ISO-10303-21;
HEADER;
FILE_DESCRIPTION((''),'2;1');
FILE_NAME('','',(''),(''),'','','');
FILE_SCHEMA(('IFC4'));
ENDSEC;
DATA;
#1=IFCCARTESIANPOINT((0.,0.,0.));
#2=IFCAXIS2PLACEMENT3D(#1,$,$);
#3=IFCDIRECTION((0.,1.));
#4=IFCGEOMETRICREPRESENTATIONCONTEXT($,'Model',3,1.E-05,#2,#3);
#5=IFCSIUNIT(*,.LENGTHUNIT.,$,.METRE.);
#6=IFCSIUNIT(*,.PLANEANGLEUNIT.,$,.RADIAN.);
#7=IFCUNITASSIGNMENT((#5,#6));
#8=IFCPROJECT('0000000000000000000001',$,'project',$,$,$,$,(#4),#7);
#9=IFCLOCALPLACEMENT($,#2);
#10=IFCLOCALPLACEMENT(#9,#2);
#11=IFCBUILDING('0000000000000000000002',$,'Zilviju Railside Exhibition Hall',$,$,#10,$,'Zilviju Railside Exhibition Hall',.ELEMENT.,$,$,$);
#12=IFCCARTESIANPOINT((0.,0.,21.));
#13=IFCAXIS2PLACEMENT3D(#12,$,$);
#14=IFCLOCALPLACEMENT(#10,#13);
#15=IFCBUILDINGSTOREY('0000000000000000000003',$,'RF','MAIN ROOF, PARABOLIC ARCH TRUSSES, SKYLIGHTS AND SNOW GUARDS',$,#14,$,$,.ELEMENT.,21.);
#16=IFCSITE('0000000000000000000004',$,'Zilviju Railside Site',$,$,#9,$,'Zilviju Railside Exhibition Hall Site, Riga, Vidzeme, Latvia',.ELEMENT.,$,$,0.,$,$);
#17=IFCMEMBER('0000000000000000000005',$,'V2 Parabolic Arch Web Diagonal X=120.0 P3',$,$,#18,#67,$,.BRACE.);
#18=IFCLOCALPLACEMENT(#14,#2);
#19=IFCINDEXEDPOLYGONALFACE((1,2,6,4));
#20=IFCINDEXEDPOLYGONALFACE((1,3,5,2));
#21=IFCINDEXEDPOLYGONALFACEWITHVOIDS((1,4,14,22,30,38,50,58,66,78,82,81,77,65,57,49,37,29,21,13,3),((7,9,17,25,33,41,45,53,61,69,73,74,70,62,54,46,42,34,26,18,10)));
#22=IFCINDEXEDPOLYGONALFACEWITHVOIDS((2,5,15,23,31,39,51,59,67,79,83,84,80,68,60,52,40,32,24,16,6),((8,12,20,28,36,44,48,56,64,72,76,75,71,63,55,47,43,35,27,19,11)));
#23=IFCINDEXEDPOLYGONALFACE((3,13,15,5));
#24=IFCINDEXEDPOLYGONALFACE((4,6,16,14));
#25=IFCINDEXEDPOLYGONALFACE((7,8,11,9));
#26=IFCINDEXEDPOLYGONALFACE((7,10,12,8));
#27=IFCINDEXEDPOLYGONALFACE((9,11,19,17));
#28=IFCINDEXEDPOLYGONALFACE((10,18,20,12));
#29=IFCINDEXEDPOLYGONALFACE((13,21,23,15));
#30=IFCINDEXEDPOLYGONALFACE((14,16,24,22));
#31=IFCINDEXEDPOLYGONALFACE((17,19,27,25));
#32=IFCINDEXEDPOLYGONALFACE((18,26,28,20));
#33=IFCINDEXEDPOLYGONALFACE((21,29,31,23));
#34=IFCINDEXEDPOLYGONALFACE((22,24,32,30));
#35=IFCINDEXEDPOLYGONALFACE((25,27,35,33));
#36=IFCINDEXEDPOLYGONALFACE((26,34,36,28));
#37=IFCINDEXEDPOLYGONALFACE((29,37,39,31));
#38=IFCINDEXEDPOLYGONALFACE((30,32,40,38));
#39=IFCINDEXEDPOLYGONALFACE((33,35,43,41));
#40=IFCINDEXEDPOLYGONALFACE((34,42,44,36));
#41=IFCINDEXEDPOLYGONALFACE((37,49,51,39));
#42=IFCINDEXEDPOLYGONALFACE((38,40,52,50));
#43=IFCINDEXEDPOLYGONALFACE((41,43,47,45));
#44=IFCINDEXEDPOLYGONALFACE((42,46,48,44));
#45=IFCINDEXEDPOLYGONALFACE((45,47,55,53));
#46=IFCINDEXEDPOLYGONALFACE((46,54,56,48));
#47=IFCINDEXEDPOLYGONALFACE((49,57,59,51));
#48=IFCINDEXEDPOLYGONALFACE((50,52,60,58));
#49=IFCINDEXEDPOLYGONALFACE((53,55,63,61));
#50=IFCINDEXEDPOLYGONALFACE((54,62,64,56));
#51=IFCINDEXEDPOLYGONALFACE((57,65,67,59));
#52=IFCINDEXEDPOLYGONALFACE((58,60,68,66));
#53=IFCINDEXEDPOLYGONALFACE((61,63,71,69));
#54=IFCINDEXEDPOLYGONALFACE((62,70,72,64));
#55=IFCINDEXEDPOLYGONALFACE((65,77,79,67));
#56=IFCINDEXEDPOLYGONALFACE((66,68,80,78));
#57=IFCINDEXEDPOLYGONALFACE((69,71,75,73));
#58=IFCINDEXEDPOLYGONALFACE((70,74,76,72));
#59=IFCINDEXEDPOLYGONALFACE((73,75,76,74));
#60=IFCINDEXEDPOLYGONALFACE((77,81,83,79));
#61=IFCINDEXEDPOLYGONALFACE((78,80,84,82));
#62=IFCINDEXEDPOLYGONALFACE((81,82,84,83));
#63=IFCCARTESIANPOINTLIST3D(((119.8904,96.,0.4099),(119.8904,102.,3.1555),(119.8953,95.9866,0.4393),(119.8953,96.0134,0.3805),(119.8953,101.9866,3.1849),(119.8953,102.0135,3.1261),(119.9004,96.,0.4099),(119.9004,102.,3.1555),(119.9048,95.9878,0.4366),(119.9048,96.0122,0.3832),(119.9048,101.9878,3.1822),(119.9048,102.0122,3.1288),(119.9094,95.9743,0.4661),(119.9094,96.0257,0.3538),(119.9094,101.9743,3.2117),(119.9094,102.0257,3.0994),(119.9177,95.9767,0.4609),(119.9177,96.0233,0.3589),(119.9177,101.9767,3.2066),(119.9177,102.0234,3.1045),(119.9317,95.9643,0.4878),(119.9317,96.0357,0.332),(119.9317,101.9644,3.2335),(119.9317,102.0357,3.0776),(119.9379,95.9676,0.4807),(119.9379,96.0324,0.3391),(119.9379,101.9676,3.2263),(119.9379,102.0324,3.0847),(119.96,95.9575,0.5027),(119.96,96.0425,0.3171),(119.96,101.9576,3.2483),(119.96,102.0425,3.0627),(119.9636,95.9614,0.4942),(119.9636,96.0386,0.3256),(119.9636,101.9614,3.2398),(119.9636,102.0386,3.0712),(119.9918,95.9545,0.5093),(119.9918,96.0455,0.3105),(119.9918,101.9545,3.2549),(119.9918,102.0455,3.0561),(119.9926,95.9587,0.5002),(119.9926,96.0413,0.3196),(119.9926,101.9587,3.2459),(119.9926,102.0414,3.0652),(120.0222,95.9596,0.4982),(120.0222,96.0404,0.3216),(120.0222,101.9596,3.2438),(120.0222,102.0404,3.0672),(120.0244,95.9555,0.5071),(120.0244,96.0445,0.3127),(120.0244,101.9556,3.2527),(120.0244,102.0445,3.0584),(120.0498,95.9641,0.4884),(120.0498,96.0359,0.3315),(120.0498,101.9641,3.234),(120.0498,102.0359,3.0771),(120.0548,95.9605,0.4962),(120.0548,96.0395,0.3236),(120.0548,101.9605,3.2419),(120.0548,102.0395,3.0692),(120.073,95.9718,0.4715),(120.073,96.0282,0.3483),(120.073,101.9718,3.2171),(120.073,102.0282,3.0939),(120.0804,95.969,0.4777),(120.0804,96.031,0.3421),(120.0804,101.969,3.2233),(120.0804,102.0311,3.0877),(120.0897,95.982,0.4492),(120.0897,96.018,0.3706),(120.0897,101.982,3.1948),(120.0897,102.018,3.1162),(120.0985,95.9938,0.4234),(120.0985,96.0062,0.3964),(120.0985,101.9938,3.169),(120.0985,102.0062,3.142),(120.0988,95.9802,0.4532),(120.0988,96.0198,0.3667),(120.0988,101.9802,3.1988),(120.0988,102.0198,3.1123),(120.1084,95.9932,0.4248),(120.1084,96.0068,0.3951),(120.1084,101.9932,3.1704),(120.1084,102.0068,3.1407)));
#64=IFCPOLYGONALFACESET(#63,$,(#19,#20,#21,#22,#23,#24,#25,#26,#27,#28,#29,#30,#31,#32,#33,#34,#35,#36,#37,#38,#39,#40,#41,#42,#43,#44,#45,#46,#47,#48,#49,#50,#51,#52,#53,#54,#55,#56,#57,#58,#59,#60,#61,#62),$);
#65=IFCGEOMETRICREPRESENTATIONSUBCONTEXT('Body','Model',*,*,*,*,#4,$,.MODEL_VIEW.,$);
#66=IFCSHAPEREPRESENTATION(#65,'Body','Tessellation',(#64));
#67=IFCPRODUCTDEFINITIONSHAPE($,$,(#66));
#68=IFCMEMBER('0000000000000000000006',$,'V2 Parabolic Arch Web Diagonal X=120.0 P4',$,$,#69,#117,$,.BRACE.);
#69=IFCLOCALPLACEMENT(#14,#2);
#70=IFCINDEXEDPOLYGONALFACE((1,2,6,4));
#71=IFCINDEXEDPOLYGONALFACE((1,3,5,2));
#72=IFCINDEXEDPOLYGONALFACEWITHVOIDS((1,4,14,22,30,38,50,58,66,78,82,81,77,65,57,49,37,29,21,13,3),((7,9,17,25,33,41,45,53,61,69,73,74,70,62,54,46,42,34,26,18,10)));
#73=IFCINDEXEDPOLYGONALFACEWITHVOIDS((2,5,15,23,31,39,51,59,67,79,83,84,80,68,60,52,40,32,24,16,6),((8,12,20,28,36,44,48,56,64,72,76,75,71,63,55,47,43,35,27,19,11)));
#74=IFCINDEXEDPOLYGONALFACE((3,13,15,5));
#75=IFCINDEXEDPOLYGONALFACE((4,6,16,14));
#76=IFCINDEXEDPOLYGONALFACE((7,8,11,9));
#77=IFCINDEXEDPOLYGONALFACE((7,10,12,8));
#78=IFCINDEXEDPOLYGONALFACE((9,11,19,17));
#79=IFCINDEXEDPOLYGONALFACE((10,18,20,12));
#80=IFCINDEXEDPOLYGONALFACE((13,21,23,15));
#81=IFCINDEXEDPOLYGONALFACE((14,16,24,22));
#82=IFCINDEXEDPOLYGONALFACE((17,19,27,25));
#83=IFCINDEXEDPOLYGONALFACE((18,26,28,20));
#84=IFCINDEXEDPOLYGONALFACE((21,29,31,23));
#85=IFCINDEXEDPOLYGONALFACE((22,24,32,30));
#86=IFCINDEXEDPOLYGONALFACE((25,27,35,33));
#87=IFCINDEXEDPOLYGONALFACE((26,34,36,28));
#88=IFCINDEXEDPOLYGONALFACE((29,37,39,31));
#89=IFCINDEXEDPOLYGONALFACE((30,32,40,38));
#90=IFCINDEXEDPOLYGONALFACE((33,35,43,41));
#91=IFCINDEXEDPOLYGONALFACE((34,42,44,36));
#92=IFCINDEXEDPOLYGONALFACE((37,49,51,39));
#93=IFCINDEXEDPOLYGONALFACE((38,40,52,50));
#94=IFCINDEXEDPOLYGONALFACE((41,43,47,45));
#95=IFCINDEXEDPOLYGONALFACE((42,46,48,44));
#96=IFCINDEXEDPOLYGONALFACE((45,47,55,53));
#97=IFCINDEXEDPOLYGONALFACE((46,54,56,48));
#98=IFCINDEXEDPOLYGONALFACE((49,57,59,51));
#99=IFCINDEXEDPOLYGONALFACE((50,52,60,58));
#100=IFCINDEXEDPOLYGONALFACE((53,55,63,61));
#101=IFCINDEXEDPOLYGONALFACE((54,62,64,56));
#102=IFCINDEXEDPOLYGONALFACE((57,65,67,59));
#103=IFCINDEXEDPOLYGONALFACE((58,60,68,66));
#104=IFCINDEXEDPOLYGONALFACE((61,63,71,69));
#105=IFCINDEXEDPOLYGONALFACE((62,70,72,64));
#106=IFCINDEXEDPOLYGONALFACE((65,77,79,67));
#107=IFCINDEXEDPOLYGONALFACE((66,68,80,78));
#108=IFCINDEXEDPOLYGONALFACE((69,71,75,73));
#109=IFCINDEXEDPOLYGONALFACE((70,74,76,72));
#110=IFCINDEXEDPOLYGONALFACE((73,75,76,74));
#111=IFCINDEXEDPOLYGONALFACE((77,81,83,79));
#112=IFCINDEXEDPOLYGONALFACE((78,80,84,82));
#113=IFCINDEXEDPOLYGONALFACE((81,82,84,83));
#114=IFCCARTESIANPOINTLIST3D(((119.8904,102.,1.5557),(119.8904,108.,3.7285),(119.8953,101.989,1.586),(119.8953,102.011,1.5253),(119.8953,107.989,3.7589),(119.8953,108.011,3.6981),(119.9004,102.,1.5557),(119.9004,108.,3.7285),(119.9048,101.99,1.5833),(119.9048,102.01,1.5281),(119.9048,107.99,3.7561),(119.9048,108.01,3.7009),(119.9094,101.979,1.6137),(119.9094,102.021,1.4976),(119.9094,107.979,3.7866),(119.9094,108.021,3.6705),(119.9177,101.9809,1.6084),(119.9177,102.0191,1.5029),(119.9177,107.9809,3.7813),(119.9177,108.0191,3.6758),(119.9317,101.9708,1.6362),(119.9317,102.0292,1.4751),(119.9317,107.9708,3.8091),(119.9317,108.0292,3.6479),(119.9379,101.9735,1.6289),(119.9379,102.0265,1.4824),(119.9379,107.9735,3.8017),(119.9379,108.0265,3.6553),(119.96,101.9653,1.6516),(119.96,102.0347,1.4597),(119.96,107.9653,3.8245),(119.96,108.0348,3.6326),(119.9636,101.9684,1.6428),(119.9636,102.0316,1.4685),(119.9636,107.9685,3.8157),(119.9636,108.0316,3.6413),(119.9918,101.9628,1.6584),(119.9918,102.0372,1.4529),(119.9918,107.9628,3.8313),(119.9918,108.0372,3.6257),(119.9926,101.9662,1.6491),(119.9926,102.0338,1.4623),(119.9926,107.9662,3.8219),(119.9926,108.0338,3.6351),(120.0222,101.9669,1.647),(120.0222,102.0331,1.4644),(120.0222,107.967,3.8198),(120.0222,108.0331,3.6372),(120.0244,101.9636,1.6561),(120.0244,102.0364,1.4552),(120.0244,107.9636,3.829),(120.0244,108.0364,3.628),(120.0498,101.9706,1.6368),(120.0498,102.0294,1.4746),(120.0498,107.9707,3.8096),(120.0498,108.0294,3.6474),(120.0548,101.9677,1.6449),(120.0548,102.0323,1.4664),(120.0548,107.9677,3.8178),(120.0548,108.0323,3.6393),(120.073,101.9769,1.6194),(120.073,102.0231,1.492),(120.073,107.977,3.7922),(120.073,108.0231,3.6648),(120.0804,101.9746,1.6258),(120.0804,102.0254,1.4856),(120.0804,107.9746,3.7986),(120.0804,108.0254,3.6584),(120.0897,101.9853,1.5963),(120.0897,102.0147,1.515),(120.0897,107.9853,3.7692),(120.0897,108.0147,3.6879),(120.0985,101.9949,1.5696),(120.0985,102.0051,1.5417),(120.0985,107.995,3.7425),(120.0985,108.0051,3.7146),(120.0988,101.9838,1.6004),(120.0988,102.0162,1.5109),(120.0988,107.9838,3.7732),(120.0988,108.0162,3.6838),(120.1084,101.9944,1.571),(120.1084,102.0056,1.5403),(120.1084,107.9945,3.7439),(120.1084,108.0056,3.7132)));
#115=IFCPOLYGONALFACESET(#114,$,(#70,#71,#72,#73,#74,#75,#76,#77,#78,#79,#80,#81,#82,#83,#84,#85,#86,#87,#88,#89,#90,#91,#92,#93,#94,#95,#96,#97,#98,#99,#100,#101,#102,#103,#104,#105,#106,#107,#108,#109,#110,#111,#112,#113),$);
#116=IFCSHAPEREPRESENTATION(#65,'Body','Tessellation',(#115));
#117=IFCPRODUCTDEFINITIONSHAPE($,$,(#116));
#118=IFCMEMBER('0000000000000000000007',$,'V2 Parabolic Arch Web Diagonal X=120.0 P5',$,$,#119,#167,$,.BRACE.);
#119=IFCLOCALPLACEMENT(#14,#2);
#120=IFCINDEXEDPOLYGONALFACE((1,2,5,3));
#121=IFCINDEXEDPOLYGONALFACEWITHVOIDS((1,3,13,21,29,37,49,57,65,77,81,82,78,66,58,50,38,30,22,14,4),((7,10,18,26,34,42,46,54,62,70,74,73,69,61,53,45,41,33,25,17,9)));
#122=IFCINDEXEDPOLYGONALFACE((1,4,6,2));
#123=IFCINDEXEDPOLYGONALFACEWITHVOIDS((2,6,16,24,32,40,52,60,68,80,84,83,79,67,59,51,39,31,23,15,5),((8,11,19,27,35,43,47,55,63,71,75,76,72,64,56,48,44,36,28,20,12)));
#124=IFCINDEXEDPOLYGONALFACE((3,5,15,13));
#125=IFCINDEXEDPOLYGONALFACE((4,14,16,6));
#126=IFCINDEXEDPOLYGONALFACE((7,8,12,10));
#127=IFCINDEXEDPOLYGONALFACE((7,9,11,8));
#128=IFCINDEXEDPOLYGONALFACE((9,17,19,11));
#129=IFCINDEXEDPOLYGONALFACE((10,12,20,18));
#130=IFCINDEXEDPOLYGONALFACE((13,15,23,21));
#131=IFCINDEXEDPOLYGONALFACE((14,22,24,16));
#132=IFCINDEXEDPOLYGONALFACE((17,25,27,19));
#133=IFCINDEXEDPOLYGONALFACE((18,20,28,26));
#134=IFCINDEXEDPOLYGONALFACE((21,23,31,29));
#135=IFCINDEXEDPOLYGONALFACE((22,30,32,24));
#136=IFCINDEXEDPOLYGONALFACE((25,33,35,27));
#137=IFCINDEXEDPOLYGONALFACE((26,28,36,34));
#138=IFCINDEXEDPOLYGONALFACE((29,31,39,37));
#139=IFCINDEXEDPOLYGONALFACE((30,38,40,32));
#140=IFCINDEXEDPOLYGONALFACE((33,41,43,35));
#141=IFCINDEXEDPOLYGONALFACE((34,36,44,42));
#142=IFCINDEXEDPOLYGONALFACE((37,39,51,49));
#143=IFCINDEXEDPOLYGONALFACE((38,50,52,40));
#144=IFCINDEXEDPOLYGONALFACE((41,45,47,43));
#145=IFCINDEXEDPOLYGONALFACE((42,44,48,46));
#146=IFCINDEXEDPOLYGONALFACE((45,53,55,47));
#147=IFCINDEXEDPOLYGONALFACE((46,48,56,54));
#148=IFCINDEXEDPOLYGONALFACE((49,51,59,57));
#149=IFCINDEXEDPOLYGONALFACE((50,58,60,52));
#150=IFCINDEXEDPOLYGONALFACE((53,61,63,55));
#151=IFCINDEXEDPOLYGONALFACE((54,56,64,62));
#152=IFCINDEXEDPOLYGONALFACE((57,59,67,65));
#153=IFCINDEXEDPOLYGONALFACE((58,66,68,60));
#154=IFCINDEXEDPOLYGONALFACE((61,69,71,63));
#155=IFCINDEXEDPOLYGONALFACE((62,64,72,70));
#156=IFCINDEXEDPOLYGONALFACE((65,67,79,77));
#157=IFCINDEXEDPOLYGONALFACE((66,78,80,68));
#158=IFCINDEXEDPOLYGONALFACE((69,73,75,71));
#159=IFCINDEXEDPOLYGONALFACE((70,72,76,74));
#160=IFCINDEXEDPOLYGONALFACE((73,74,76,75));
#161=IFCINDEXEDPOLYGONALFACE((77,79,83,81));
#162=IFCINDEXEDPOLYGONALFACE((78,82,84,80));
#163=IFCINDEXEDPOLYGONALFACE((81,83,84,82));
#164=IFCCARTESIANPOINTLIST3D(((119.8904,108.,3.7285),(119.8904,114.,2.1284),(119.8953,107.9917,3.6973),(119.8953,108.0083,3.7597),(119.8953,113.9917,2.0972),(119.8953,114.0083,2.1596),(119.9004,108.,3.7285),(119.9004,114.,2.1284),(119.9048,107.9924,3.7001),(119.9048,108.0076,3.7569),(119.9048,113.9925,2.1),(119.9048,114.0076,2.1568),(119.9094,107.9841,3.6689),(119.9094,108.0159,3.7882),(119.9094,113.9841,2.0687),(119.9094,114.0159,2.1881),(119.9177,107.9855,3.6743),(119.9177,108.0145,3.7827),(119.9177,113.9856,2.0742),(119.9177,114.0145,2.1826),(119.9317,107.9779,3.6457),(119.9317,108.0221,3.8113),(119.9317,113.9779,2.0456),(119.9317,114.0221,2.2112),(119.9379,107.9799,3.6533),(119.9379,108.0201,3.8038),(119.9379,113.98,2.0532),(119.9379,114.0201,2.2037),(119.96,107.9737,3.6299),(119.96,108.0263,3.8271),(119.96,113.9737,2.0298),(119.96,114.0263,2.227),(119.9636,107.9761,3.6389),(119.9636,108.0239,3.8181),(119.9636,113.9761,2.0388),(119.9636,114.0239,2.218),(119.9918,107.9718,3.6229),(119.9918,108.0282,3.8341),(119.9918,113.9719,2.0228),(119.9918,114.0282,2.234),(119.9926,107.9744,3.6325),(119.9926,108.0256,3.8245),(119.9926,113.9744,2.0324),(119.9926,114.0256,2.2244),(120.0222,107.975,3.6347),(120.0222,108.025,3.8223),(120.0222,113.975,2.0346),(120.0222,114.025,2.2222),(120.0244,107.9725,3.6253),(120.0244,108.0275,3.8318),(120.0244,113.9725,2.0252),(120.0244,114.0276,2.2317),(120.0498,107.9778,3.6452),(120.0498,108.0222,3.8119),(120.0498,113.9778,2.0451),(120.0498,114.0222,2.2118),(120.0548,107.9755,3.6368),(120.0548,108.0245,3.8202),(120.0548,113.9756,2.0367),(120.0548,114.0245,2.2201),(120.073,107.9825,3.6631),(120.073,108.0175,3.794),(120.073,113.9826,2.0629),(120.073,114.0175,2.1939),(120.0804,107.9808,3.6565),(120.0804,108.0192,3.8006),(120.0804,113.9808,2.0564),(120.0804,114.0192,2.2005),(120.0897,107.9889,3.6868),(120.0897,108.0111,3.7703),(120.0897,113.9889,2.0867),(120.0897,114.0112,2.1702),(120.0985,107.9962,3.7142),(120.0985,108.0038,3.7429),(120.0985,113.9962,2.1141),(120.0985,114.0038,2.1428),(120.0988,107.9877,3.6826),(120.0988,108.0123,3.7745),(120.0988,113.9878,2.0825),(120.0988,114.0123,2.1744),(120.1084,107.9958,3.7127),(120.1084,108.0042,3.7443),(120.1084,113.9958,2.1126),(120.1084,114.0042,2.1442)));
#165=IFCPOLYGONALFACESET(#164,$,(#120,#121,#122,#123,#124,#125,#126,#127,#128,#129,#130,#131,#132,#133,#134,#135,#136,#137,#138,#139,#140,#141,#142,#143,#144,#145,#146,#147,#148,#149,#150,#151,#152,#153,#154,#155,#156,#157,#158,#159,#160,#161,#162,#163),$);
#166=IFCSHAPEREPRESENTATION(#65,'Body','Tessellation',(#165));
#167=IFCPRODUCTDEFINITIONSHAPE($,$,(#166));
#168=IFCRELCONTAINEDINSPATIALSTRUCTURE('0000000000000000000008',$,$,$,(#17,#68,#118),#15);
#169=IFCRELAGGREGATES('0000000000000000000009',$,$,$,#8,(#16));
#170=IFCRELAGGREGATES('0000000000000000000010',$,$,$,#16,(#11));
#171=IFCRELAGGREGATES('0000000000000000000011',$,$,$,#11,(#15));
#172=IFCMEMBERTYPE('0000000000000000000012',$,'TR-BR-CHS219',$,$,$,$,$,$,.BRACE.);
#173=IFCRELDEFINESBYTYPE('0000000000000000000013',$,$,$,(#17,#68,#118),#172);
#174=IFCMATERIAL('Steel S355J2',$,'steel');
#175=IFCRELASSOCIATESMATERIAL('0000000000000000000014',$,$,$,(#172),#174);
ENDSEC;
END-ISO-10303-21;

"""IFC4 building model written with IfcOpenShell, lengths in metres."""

from ifc_helpers import new_model, si_unit, direction, frame, origin, origin_2d, place, context, subcontext, project, spatial, hollow_circle, extrude, material, material_profile, profile_set, type_object, element, save


model = new_model("IFC4")

# Units and contexts
model_context = context("Model", 3, precision=1e-05, world=origin(), true_north=direction((0.0, 1.0)))
body_context = subcontext(model_context, "Body", "Model", "MODEL_VIEW")
ifc_project = project(units=[si_unit("LENGTHUNIT", "METRE"), si_unit("PLANEANGLEUNIT", "RADIAN")], contexts=[model_context])

# Site, building, storey
site_placement = place(None, origin())
site = spatial("IfcSite", under=ifc_project, at=site_placement, Name="Zilviju Railside Site", LongName="Zilviju Railside Exhibition Hall Site, Riga, Vidzeme, Latvia", CompositionType="ELEMENT", RefElevation=0.0)
building_placement = place(site_placement, origin())
building = spatial("IfcBuilding", under=site, at=building_placement, Name="Zilviju Railside Exhibition Hall", LongName="Zilviju Railside Exhibition Hall", CompositionType="ELEMENT")
storey_placement = place(building_placement, frame((0.0, 0.0, 21.0)))
storey = spatial("IfcBuildingStorey", under=building, at=storey_placement, Name="RF", Description="MAIN ROOF, PARABOLIC ARCH TRUSSES, SKYLIGHTS AND SNOW GUARDS", CompositionType="ELEMENT", Elevation=21.0)

# Members
ifc_material_1 = material(Name="Steel S355J2", Category="steel")
ifc_material_profile_1 = material_profile(ifc_material_1, hollow_circle(Radius=0.1096, WallThickness=0.01, at=origin_2d()), Name="CHS 219.1x10.0")
ifc_profile_set_1 = profile_set([ifc_material_profile_1], Name="Steel S355J2")
member_type_1 = type_object("IfcMemberType", Name="TR-BR-CHS219", PredefinedType="BRACE", material=ifc_profile_set_1)
member_1_placement = place(storey_placement, frame((120.0, 96.0, 0.4099), z_axis=(0.0, 0.909317, 0.416104), x_axis=(-1.0, 0.0, 0.0)))
element("IfcMember", 1, at=member_1_placement, inside=storey, type_object=member_type_1, Name="V2 Parabolic Arch Web Diagonal X=120.0 P3", PredefinedType="BRACE", context=body_context, shape_type="SweptSolid", body=[
    extrude(hollow_circle(Radius=0.1096, WallThickness=0.01, at=origin_2d()), origin(), (0.0, 0.0, 1.0), 6.5984),
])
member_2_placement = place(storey_placement, frame((120.0, 102.0, 1.5557), z_axis=(0.0, 0.940244, 0.340502), x_axis=(-1.0, 0.0, 0.0)))
element("IfcMember", 2, at=member_2_placement, inside=storey, type_object=member_type_1, Name="V2 Parabolic Arch Web Diagonal X=120.0 P4", PredefinedType="BRACE", context=body_context, shape_type="SweptSolid", body=[
    extrude(hollow_circle(Radius=0.1096, WallThickness=0.01, at=origin_2d()), origin(), (0.0, 0.0, 1.0), 6.3813),
])
member_3_placement = place(storey_placement, frame((120.0, 108.0, 3.7285), z_axis=(0.0, 0.966231, -0.257677), x_axis=(-1.0, 0.0, 0.0)))
element("IfcMember", 3, at=member_3_placement, inside=storey, type_object=member_type_1, Name="V2 Parabolic Arch Web Diagonal X=120.0 P5", PredefinedType="BRACE", context=body_context, shape_type="SweptSolid", body=[
    extrude(hollow_circle(Radius=0.1096, WallThickness=0.01, at=origin_2d()), origin(), (0.0, 0.0, 1.0), 6.2097),
])

save(model, "model.ifc")
